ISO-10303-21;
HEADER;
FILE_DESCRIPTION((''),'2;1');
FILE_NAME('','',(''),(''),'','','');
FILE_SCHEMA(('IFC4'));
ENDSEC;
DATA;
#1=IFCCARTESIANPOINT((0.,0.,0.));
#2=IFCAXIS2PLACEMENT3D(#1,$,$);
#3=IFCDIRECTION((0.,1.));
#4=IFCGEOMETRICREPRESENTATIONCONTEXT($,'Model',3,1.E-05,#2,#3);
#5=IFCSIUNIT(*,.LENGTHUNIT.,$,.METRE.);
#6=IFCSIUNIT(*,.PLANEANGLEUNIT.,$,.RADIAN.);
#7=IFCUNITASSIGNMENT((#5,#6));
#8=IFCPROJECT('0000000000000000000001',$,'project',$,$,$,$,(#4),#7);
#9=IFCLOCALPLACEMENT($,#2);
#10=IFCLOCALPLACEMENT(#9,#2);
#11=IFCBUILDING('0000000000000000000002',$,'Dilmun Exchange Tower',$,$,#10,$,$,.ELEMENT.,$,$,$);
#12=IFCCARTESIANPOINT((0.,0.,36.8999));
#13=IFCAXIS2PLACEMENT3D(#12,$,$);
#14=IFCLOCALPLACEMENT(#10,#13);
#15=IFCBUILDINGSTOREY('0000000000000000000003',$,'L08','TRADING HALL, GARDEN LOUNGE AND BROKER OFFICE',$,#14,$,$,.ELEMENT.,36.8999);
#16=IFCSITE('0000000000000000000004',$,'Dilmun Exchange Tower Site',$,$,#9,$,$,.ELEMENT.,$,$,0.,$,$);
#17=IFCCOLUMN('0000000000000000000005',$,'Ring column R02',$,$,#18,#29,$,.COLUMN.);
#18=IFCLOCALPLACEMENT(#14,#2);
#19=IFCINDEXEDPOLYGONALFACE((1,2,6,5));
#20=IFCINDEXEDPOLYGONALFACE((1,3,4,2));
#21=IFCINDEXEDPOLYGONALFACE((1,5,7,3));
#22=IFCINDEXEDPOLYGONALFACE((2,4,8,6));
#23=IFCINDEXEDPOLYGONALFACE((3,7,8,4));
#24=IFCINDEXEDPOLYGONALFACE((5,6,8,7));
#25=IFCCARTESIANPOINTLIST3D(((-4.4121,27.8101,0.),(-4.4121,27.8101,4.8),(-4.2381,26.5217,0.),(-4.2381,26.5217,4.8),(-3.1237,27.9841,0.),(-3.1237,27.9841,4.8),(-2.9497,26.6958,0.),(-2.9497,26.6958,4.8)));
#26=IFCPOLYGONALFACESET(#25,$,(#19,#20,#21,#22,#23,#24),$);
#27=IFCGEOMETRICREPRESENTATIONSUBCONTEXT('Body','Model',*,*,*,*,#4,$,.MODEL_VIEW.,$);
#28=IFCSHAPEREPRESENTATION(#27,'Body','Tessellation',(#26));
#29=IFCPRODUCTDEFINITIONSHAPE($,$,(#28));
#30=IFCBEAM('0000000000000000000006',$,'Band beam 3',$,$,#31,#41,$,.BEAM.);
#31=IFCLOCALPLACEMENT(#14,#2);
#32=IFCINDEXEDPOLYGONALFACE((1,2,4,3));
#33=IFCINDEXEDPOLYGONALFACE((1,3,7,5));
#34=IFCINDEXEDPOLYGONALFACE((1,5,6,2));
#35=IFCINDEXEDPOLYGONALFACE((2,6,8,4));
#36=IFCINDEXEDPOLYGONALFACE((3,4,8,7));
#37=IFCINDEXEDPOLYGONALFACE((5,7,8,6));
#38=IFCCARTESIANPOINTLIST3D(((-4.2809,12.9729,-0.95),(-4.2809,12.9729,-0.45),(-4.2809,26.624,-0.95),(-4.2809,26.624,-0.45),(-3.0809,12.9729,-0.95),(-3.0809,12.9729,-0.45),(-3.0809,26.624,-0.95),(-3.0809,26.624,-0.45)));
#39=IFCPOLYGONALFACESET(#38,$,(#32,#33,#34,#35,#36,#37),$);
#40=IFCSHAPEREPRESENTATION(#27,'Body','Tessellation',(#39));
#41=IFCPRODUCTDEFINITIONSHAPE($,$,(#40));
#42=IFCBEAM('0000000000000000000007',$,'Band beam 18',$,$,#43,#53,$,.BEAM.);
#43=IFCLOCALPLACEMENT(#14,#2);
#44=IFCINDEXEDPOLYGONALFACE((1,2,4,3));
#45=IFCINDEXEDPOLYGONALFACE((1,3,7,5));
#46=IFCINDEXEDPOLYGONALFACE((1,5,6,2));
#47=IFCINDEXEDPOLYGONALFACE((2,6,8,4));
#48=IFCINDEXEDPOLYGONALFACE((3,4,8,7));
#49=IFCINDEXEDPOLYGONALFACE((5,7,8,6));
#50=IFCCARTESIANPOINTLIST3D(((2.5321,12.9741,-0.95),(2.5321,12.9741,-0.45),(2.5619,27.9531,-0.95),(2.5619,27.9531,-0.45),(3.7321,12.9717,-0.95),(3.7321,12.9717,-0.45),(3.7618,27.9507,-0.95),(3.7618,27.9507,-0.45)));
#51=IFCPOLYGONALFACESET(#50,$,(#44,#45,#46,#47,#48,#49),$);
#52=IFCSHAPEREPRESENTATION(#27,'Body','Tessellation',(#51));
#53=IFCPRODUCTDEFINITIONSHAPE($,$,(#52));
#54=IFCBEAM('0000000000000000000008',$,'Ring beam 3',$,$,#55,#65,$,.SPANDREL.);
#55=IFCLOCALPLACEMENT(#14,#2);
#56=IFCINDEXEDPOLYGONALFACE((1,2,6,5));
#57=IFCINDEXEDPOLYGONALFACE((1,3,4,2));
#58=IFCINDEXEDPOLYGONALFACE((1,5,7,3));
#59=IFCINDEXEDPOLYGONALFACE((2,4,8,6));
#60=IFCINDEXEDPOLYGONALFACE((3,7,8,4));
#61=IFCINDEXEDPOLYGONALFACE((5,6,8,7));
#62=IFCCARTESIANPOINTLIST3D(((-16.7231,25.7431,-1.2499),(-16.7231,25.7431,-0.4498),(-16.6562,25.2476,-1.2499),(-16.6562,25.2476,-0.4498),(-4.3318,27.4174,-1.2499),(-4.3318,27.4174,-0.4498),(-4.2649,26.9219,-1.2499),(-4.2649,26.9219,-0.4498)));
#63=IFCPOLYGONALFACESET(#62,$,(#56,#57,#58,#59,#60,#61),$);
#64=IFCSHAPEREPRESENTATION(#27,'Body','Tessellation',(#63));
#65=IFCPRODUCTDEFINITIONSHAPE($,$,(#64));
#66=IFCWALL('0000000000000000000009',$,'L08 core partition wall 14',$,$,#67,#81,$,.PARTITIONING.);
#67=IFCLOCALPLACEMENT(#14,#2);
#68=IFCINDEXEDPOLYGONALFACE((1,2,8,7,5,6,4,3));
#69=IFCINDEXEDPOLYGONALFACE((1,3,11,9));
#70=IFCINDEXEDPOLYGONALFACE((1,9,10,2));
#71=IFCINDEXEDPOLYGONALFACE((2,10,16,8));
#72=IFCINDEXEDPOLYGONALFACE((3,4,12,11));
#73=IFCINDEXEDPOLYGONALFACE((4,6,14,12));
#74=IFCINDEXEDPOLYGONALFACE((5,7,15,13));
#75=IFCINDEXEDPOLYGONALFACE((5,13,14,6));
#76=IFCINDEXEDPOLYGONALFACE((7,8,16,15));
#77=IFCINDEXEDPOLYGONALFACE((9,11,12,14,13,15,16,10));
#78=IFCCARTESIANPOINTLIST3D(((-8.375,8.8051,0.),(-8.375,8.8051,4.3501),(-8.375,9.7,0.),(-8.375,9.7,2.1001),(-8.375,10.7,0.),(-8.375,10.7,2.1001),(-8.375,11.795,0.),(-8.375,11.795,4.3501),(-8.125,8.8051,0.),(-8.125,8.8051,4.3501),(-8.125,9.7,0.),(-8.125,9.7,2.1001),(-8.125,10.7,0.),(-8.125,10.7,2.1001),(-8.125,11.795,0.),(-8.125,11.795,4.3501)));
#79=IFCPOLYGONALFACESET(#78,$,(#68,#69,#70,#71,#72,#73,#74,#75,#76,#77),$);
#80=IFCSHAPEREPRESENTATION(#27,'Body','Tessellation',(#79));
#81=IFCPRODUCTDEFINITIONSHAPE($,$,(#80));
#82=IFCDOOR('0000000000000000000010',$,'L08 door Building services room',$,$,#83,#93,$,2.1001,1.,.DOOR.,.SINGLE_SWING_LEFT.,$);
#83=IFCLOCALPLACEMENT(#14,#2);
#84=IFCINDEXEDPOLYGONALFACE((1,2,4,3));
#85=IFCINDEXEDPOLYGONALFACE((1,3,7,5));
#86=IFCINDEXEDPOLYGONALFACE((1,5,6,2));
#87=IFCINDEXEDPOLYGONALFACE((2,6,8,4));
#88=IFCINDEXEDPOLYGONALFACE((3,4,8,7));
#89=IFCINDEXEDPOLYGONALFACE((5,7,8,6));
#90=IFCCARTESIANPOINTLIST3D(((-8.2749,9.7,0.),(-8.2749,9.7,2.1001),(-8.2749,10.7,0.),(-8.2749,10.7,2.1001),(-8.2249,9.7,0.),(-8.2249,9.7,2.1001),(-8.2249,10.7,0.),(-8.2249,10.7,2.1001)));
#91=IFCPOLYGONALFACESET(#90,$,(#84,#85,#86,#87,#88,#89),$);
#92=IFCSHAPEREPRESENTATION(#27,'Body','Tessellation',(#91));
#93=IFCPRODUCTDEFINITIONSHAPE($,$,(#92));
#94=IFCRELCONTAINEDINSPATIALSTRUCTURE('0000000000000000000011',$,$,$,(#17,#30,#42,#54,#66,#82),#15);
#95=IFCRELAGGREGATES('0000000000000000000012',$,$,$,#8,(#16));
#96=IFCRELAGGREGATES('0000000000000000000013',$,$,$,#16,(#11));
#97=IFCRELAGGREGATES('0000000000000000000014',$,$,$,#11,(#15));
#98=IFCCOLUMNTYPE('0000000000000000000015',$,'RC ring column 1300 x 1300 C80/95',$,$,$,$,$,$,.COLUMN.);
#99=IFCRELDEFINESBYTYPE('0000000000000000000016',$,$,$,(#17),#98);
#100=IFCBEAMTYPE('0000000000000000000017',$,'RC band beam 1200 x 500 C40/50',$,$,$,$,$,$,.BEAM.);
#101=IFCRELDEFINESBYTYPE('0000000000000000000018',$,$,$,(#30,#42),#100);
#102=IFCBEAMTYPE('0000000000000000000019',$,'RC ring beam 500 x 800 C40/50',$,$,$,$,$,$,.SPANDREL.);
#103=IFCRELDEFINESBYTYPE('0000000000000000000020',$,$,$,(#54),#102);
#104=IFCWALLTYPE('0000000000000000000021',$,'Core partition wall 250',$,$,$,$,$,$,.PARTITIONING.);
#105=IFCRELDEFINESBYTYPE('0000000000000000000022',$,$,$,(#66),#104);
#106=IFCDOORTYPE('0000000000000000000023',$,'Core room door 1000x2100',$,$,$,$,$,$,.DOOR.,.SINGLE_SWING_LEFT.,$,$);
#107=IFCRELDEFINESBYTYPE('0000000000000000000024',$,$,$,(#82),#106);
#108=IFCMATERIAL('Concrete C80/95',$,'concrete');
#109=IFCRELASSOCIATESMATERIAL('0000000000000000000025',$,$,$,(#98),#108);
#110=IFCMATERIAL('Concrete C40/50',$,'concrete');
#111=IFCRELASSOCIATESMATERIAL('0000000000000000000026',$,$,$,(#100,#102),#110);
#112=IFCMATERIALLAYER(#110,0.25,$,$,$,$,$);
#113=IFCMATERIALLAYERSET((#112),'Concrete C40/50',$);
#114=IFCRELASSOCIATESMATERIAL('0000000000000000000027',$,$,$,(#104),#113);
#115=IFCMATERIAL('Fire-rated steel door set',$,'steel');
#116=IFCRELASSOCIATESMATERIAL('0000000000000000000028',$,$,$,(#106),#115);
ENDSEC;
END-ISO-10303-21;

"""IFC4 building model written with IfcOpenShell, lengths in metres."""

from ifc_helpers import new_model, si_unit, direction, frame, frame_2d, origin, origin_2d, place, context, subcontext, project, spatial, rectangle, extrude, material, layer, layer_set, material_profile, profile_set, type_object, element, fill, save


model = new_model("IFC4")

# Units and contexts
model_context = context("Model", 3, precision=1e-05, world=origin(), true_north=direction((0.0, 1.0)))
body_context = subcontext(model_context, "Body", "Model", "MODEL_VIEW")
ifc_project = project(units=[si_unit("LENGTHUNIT", "METRE"), si_unit("PLANEANGLEUNIT", "RADIAN")], contexts=[model_context])

# Site, building, storey
site_placement = place(None, origin())
site = spatial("IfcSite", under=ifc_project, at=site_placement, Name="Dilmun Exchange Tower Site", CompositionType="ELEMENT", RefElevation=0.0)
building_placement = place(site_placement, origin())
building = spatial("IfcBuilding", under=site, at=building_placement, Name="Dilmun Exchange Tower", CompositionType="ELEMENT")
storey_placement = place(building_placement, frame((0.0, 0.0, 36.8999)))
storey = spatial("IfcBuildingStorey", under=building, at=storey_placement, Name="L08", Description="TRADING HALL, GARDEN LOUNGE AND BROKER OFFICE", CompositionType="ELEMENT", Elevation=36.8999)

# Column
ifc_material_1 = material(Name="Concrete C80/95", Category="concrete")
ifc_material_profile_1 = material_profile(ifc_material_1, rectangle(XDim=1.3, YDim=1.3, at=origin_2d()), Name="1300 x 1300")
ifc_profile_set_1 = profile_set([ifc_material_profile_1], Name="Concrete C80/95")
column_type = type_object("IfcColumnType", Name="RC ring column 1300 x 1300 C80/95", PredefinedType="COLUMN", material=ifc_profile_set_1)
column_placement = place(storey_placement, frame((-3.6809, 27.2529, 0.0), z_axis=(0.0, 0.0, 1.0), x_axis=(0.991001, 0.133853, 0.0)))
element("IfcColumn", 1, at=column_placement, inside=storey, type_object=column_type, Name="Ring column R02", PredefinedType="COLUMN", context=body_context, shape_type="SweptSolid", body=[
    extrude(rectangle(XDim=1.3, YDim=1.3, at=origin_2d()), origin(), (0.0, 0.0, 1.0), 4.8),
])

# Beams
ifc_material_2 = material(Name="Concrete C40/50", Category="concrete")
ifc_material_profile_2 = material_profile(ifc_material_2, rectangle(XDim=1.2, YDim=0.5, at=origin_2d()), Name="1200 x 500")
ifc_profile_set_2 = profile_set([ifc_material_profile_2], Name="Concrete C40/50")
beam_type_1 = type_object("IfcBeamType", Name="RC band beam 1200 x 500 C40/50", PredefinedType="BEAM", material=ifc_profile_set_2)
beam_1_placement = place(storey_placement, frame((-3.6809, 26.624, -0.7), z_axis=(0.0, -1.0, 0.0), x_axis=(1.0, 0.0, 0.0)))
element("IfcBeam", 2, at=beam_1_placement, inside=storey, type_object=beam_type_1, Name="Band beam 3", PredefinedType="BEAM", context=body_context, shape_type="SweptSolid", body=[
    extrude(rectangle(XDim=1.2, YDim=0.5, at=origin_2d()), origin(), (0.0, 0.0, 1.0), 13.6511),
])
beam_2_placement = place(storey_placement, frame((3.1619, 27.9519, -0.7), z_axis=(-0.001988, -0.999998, 0.0), x_axis=(0.999998, -0.001988, 0.0)))
element("IfcBeam", 3, at=beam_2_placement, inside=storey, type_object=beam_type_1, Name="Band beam 18", PredefinedType="BEAM", context=body_context, shape_type="SweptSolid", body=[
    extrude(rectangle(XDim=1.2, YDim=0.5, at=origin_2d()), origin(), (0.0, 0.0, 1.0), 14.979),
])
ifc_material_profile_3 = material_profile(ifc_material_2, rectangle(XDim=0.5, YDim=0.8, at=origin_2d()), Name="500 x 800")
ifc_profile_set_3 = profile_set([ifc_material_profile_3], Name="Concrete C40/50")
beam_type_2 = type_object("IfcBeamType", Name="RC ring beam 500 x 800 C40/50", PredefinedType="SPANDREL", material=ifc_profile_set_3)
beam_3_placement = place(storey_placement, frame((-4.2983, 27.1697, -0.8499), z_axis=(-0.990994, -0.133903, 0.0), x_axis=(0.133903, -0.990994, 0.0)))
element("IfcBeam", 4, at=beam_3_placement, inside=storey, type_object=beam_type_2, Name="Ring beam 3", PredefinedType="SPANDREL", context=body_context, shape_type="SweptSolid", body=[
    extrude(rectangle(XDim=0.5, YDim=0.8, at=origin_2d()), origin(), (0.0, 0.0, 1.0), 12.5039),
])

# Wall, opening, door
ifc_layer_1 = layer(ifc_material_2, 0.25)
ifc_layer_set_1 = layer_set([ifc_layer_1], Name="Concrete C40/50")
wall_type_1 = type_object("IfcWallType", Name="Core partition wall 250", PredefinedType="PARTITIONING", material=ifc_layer_set_1)
wall_1_placement = place(storey_placement, frame((-8.25, 8.8049, 0.0), z_axis=(0.0, 0.0, 1.0), x_axis=(0.0, 1.0, 0.0)))
wall_1 = element("IfcWall", 5, at=wall_1_placement, inside=storey, type_object=wall_type_1, Name="L08 core partition wall 14", PredefinedType="PARTITIONING", context=body_context, shape_type="SweptSolid", body=[
    extrude(rectangle(XDim=2.99, YDim=0.25, at=frame_2d((1.4951, 0.0))), origin(), (0.0, 0.0, 1.0), 4.3501),
])
opening_1_placement = place(wall_1_placement, frame((0.895, 0.0, 0.0)))
opening_1 = element("IfcOpeningElement", 6, at=opening_1_placement, cuts=wall_1, PredefinedType="OPENING", context=body_context, shape_type="SweptSolid", body=[
    extrude(rectangle(XDim=1.0, YDim=2.1001, at=frame_2d((0.5, 1.05))), frame((0.0, 0.135, 0.0), z_axis=(0.0, -1.0, 0.0), x_axis=(1.0, 0.0, 0.0)), (0.0, 0.0, 1.0), 0.27),
])
ifc_material_3 = material(Name="Fire-rated steel door set", Category="steel")
door_type_1 = type_object("IfcDoorType", Name="Core room door 1000x2100", OperationType="SINGLE_SWING_LEFT", PredefinedType="DOOR", material=ifc_material_3)
door_1_placement = place(opening_1_placement, origin())
door_1 = element("IfcDoor", 7, at=door_1_placement, inside=storey, type_object=door_type_1, Name="L08 door Building services room", OperationType="SINGLE_SWING_LEFT", OverallHeight=2.1001, OverallWidth=1.0, PredefinedType="DOOR", context=body_context, shape_type="SweptSolid", body=[
    extrude(rectangle(XDim=1.0, YDim=2.1001, at=frame_2d((0.5, 1.05))), frame((0.0, 0.0249, 0.0), z_axis=(0.0, -1.0, 0.0), x_axis=(1.0, 0.0, 0.0)), (0.0, 0.0, 1.0), 0.05),
])
fill(opening_1, door_1)

save(model, "model.ifc")
